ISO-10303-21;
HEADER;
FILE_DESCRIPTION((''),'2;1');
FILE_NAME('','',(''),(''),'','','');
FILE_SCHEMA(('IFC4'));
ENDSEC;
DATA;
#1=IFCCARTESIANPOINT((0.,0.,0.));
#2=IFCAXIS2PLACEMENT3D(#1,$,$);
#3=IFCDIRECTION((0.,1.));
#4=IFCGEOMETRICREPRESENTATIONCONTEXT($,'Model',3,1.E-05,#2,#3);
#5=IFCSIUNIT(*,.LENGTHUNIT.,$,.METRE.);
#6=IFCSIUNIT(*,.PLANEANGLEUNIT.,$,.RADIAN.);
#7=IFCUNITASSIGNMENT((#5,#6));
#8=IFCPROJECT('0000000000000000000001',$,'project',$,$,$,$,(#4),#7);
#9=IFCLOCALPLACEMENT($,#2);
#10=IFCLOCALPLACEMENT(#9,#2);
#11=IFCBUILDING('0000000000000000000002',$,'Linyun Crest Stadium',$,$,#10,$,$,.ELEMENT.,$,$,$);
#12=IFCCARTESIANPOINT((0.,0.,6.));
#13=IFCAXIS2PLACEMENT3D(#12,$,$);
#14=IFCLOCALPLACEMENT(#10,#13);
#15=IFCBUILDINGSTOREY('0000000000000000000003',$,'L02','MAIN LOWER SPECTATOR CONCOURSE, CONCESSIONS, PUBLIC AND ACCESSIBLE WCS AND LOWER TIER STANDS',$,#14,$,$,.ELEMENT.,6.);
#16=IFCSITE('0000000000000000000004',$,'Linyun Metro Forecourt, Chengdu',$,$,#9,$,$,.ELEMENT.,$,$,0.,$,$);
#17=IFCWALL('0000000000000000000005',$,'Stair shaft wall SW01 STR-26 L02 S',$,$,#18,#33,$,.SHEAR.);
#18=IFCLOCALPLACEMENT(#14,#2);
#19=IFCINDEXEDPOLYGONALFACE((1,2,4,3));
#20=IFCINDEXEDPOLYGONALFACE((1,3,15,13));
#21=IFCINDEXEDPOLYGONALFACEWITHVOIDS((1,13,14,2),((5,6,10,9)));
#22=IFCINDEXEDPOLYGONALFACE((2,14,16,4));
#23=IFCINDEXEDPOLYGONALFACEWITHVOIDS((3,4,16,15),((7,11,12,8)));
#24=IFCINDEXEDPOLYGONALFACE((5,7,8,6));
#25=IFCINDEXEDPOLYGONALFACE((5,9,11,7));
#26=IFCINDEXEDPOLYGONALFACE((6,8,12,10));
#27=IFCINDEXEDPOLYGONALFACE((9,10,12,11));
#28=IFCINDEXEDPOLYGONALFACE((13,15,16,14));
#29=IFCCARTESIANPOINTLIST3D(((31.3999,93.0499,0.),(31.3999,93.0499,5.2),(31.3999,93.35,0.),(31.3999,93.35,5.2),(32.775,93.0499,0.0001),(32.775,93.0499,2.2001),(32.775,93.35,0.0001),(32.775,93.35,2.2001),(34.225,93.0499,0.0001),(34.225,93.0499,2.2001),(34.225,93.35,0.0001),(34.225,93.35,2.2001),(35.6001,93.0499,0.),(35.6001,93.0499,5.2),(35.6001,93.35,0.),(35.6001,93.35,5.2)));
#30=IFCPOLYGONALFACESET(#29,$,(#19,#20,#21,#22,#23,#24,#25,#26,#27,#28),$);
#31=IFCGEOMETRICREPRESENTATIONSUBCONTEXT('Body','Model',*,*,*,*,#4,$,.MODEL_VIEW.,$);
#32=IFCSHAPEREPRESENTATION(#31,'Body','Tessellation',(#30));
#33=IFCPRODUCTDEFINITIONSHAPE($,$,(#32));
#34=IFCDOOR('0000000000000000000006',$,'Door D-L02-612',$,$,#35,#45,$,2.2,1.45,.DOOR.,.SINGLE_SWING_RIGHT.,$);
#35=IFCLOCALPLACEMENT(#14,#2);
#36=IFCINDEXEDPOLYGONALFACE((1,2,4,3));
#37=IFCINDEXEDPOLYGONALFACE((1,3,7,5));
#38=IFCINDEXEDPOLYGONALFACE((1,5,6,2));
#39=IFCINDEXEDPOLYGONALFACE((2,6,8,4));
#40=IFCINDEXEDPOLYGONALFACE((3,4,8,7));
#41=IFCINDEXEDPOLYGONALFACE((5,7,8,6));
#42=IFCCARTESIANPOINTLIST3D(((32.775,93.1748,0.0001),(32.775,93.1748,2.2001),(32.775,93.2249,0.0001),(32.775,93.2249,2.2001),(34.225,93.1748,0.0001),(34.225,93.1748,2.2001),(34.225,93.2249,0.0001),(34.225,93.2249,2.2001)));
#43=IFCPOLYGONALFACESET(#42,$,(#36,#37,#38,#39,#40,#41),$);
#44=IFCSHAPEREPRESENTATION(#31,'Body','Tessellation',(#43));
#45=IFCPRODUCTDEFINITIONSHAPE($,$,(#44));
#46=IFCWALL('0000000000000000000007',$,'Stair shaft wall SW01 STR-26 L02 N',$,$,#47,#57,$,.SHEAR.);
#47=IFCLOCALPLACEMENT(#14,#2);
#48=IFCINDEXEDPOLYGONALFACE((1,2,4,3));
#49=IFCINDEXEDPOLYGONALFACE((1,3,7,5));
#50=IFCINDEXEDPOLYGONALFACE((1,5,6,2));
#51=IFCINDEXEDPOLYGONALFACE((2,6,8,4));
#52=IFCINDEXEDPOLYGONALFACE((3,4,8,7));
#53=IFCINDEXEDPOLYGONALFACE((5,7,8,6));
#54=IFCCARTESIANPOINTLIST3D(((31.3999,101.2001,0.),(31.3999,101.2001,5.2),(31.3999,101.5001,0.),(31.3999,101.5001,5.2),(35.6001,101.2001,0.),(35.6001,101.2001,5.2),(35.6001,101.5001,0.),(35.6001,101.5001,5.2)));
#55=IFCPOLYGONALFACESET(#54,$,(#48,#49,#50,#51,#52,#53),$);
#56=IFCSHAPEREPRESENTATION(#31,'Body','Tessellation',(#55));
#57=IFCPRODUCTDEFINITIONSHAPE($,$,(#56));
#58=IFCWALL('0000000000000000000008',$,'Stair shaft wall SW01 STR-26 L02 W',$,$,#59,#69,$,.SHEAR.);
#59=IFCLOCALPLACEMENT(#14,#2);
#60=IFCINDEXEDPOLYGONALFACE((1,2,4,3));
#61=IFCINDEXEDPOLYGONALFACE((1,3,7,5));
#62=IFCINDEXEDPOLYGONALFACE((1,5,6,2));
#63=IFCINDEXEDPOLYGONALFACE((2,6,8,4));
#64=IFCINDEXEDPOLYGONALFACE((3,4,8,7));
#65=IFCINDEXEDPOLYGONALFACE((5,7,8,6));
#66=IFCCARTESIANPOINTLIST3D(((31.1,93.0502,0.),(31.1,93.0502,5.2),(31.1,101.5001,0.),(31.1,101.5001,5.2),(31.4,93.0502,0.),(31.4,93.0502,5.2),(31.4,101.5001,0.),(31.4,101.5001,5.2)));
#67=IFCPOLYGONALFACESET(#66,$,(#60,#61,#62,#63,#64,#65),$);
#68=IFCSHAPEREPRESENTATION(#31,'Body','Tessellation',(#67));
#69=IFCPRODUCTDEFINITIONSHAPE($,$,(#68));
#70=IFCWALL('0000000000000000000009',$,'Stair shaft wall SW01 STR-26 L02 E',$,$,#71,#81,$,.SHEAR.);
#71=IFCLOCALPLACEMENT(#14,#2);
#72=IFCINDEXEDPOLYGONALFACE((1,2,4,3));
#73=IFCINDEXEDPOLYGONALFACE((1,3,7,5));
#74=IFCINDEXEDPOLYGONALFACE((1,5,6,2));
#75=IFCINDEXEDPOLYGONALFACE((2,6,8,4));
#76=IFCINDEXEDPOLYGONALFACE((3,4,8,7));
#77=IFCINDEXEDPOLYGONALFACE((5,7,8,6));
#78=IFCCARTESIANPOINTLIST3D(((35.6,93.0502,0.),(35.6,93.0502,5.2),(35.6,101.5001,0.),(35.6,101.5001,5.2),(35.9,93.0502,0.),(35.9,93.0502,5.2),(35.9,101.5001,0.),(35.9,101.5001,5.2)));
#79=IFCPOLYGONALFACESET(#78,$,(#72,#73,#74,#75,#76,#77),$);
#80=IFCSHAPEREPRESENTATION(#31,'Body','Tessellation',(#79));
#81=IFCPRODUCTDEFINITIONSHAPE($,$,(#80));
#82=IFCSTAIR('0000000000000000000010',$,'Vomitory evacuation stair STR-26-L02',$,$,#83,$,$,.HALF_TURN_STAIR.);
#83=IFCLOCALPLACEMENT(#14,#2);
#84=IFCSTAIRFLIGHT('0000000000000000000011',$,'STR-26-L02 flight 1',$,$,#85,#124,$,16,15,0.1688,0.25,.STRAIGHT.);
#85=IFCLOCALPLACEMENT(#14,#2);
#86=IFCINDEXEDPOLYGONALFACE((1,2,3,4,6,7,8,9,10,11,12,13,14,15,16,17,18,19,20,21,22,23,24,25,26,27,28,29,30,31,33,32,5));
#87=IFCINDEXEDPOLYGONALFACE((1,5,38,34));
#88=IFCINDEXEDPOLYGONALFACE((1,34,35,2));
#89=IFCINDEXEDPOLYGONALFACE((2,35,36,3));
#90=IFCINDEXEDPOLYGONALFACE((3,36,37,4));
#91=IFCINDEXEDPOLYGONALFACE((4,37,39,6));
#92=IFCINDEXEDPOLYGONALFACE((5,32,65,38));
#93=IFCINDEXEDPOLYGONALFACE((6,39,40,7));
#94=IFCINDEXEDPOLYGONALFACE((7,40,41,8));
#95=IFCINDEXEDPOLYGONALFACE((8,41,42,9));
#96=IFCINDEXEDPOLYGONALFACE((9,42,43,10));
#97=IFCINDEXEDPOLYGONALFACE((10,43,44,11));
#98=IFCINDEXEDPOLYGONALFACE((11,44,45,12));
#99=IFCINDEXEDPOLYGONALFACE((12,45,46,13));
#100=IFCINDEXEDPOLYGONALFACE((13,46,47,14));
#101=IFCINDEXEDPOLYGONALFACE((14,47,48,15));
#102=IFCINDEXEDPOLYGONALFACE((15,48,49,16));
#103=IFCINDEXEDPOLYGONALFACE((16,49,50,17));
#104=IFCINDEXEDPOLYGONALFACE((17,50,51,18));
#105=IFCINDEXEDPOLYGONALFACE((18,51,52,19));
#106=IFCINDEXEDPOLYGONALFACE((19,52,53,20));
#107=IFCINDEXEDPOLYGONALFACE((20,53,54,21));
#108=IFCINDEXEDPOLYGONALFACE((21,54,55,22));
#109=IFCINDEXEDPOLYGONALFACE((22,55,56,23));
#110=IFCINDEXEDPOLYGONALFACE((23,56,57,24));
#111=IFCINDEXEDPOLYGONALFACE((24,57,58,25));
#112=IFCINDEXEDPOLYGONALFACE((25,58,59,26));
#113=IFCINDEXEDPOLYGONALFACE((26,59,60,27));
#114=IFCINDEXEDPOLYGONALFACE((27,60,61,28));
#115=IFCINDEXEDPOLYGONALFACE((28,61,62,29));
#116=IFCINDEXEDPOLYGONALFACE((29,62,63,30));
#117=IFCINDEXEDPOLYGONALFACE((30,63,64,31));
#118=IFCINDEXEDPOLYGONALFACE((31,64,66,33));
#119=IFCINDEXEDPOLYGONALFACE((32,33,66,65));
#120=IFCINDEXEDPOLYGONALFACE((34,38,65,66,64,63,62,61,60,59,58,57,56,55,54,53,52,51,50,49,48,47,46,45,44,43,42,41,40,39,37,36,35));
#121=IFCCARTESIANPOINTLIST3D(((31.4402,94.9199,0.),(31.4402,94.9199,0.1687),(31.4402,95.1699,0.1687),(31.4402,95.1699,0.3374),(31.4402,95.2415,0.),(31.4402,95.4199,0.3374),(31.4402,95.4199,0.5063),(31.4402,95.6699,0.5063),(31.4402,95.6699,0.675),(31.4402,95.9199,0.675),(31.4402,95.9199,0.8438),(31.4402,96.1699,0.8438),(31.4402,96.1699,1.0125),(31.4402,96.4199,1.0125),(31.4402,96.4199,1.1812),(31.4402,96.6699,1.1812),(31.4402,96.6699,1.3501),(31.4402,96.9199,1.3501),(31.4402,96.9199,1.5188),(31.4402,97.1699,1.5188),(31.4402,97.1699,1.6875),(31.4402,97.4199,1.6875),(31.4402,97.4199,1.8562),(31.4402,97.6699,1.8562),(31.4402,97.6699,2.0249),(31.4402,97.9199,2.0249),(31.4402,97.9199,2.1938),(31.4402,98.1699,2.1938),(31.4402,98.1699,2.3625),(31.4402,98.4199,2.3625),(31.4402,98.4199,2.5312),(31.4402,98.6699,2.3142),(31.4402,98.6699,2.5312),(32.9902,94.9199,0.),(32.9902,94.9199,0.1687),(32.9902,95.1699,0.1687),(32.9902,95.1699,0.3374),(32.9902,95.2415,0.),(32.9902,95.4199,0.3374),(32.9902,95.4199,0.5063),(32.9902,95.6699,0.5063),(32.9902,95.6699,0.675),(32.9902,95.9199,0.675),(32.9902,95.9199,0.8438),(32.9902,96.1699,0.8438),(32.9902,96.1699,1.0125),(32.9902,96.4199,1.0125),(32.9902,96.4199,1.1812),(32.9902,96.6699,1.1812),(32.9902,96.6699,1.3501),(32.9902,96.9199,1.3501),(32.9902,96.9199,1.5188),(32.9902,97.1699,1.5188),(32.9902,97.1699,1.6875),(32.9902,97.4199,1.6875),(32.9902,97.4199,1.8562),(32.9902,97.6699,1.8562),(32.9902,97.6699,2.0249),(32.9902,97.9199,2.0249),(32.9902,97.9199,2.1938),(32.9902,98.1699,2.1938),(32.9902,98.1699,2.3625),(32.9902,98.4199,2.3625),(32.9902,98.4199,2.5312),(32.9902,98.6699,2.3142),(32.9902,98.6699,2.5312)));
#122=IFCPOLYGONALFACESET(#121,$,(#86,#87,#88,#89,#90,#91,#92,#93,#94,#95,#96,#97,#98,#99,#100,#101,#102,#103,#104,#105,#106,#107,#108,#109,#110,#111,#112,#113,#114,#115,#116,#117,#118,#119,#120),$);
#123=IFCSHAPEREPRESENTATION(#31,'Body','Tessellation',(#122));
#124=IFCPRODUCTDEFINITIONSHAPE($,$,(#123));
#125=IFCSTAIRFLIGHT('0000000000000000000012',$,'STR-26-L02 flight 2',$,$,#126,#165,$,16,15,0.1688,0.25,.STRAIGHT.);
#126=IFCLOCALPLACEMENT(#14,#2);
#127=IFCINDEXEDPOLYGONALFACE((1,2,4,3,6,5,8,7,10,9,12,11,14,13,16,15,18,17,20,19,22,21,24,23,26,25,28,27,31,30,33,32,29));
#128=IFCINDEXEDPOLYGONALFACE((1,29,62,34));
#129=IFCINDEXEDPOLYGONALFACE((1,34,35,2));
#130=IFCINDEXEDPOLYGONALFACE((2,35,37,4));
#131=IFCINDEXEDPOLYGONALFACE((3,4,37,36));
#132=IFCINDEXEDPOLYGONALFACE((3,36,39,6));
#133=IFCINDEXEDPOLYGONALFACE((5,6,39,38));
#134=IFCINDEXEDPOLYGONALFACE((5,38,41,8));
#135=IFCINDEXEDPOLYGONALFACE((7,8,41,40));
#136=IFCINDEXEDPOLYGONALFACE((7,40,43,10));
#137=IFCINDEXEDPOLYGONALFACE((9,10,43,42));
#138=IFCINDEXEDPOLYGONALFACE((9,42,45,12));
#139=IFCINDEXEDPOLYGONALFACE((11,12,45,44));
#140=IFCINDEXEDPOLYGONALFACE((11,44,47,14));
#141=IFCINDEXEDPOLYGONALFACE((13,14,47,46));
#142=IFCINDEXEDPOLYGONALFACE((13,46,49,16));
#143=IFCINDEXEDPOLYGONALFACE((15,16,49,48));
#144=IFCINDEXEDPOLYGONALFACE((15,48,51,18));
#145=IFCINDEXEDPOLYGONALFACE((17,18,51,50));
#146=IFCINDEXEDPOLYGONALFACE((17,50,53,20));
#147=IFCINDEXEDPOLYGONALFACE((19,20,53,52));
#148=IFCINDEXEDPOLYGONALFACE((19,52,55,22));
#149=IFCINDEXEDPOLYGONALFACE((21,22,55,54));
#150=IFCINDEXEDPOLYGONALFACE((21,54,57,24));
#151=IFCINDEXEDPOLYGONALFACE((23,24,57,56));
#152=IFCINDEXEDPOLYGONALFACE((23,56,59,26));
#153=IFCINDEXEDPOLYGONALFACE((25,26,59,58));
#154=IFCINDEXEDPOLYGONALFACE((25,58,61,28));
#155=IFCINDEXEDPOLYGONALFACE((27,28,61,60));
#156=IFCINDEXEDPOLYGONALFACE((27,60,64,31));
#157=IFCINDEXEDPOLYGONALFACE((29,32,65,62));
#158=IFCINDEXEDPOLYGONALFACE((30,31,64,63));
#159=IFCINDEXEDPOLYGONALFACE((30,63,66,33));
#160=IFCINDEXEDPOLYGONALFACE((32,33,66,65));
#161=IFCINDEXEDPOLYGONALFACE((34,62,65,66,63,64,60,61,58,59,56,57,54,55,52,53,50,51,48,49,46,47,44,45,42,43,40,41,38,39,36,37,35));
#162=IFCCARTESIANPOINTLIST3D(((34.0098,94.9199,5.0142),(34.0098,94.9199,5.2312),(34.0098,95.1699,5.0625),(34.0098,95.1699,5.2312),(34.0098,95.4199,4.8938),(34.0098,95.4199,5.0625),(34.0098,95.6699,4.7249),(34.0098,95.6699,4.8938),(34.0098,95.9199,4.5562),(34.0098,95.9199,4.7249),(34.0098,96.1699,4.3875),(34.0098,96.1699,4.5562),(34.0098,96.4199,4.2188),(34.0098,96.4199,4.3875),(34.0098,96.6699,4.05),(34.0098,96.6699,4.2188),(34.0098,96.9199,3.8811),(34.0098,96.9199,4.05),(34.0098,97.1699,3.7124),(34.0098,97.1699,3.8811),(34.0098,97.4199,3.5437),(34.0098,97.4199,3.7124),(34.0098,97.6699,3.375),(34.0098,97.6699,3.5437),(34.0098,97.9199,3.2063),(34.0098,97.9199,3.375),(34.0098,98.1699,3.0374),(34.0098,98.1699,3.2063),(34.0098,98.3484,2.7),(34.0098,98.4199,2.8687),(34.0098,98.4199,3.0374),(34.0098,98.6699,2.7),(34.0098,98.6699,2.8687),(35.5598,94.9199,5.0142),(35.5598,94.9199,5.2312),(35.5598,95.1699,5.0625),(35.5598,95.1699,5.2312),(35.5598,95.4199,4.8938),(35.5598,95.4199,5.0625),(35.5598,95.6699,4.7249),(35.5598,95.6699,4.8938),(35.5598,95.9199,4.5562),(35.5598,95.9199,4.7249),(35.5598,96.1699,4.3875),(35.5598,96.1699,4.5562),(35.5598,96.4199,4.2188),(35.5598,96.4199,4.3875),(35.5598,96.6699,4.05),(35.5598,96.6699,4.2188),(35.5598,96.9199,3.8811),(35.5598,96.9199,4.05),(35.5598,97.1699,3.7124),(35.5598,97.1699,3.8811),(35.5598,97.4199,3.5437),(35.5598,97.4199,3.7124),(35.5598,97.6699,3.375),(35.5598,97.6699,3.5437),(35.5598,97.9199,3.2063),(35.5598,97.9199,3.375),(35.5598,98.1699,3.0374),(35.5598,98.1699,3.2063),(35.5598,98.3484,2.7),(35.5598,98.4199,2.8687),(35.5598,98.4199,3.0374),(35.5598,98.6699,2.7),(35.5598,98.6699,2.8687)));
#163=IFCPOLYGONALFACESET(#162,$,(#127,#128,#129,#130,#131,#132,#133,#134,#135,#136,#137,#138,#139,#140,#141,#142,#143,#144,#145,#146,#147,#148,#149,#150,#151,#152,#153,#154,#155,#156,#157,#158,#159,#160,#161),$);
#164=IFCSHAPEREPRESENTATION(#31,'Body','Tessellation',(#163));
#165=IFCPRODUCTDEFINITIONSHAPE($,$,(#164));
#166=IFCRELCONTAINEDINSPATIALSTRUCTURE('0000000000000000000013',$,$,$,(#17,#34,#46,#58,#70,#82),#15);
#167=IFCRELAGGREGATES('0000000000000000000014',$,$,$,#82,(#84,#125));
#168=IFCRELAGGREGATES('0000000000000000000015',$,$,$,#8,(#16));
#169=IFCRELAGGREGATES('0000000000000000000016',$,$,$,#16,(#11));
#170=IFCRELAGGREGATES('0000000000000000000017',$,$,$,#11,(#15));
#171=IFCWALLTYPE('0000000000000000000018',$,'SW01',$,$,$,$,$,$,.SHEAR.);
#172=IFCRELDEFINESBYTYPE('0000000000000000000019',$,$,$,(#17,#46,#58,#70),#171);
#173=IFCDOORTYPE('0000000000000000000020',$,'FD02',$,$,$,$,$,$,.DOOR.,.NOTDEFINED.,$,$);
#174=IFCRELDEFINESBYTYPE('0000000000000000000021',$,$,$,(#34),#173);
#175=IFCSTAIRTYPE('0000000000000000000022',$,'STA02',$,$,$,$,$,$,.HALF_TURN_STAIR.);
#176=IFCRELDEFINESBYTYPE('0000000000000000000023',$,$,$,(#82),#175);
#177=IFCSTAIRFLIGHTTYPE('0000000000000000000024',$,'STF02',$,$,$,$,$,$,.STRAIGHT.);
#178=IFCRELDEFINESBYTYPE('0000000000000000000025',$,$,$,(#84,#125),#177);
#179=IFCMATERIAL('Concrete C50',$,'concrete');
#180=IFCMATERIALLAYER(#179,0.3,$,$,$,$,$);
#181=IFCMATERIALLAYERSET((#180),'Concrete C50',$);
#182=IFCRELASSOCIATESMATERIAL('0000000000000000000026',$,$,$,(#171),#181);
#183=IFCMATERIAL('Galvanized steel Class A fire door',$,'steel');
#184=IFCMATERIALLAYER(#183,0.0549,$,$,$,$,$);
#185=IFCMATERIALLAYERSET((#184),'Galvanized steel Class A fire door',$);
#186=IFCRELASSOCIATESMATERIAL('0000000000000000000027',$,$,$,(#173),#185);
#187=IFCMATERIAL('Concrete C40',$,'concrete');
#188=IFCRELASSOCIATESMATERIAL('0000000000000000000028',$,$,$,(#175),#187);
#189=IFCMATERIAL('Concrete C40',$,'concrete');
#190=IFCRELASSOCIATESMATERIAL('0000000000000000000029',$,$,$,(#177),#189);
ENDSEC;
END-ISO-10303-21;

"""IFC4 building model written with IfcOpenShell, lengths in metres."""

from ifc_helpers import new_model, si_unit, direction, frame, frame_2d, origin, place, context, subcontext, project, spatial, polyline, rectangle, outline, extrude, material, layer, layer_set, type_object, element, fill, aggregate, save


model = new_model("IFC4")

# Units and contexts
model_context = context("Model", 3, precision=1e-05, world=origin(), true_north=direction((0.0, 1.0)))
body_context = subcontext(model_context, "Body", "Model", "MODEL_VIEW")
ifc_project = project(units=[si_unit("LENGTHUNIT", "METRE"), si_unit("PLANEANGLEUNIT", "RADIAN")], contexts=[model_context])

# Site, building, storey
site_placement = place(None, origin())
site = spatial("IfcSite", under=ifc_project, at=site_placement, Name="Linyun Metro Forecourt, Chengdu", CompositionType="ELEMENT", RefElevation=0.0)
building_placement = place(site_placement, origin())
building = spatial("IfcBuilding", under=site, at=building_placement, Name="Linyun Crest Stadium", CompositionType="ELEMENT")
storey_placement = place(building_placement, frame((0.0, 0.0, 6.0)))
storey = spatial("IfcBuildingStorey", under=building, at=storey_placement, Name="L02", Description="MAIN LOWER SPECTATOR CONCOURSE, CONCESSIONS, PUBLIC AND ACCESSIBLE WCS AND LOWER TIER STANDS", CompositionType="ELEMENT", Elevation=6.0)

# Wall, opening, door
ifc_material_1 = material(Name="Concrete C50", Category="concrete")
ifc_layer_1 = layer(ifc_material_1, 0.3)
ifc_layer_set_1 = layer_set([ifc_layer_1], Name="Concrete C50")
wall_type_1 = type_object("IfcWallType", Name="SW01", PredefinedType="SHEAR", material=ifc_layer_set_1)
wall_1_placement = place(storey_placement, frame((31.3999, 93.2, 0.0), z_axis=(0.0, 0.0, 1.0), x_axis=(1.0, 0.0, 0.0)))
wall_1 = element("IfcWall", 1, at=wall_1_placement, inside=storey, type_object=wall_type_1, Name="Stair shaft wall SW01 STR-26 L02 S", PredefinedType="SHEAR", context=body_context, shape_type="SweptSolid", body=[
    extrude(rectangle(XDim=4.2002, YDim=0.3, at=frame_2d((2.1001, 0.0))), origin(), (0.0, 0.0, 1.0), 5.2),
])
opening_1_placement = place(wall_1_placement, frame((1.375, 0.0, 0.0)))
opening_1 = element("IfcOpeningElement", 2, at=opening_1_placement, cuts=wall_1, PredefinedType="OPENING", context=body_context, shape_type="SweptSolid", body=[
    extrude(rectangle(XDim=1.45, YDim=2.2, at=frame_2d((0.7251, 1.1001))), frame((0.0, 0.1599, 0.0), z_axis=(0.0, -1.0, 0.0), x_axis=(1.0, 0.0, 0.0)), (0.0, 0.0, 1.0), 0.3201),
])
ifc_material_2 = material(Name="Galvanized steel Class A fire door", Category="steel")
ifc_layer_2 = layer(ifc_material_2, 0.0549)
ifc_layer_set_2 = layer_set([ifc_layer_2], Name="Galvanized steel Class A fire door")
door_type_1 = type_object("IfcDoorType", Name="FD02", OperationType="NOTDEFINED", PredefinedType="DOOR", material=ifc_layer_set_2)
door_1_placement = place(opening_1_placement, origin())
door_1 = element("IfcDoor", 3, at=door_1_placement, inside=storey, type_object=door_type_1, Name="Door D-L02-612", OperationType="SINGLE_SWING_RIGHT", OverallHeight=2.2, OverallWidth=1.45, PredefinedType="DOOR", context=body_context, shape_type="SweptSolid", body=[
    extrude(rectangle(XDim=1.45, YDim=2.2, at=frame_2d((0.7251, 1.1001))), frame((0.0, 0.0249, 0.0), z_axis=(0.0, -1.0, 0.0), x_axis=(1.0, 0.0, 0.0)), (0.0, 0.0, 1.0), 0.05),
])
fill(opening_1, door_1)

# Walls
wall_2_placement = place(storey_placement, frame((31.3999, 101.3501, 0.0), z_axis=(0.0, 0.0, 1.0), x_axis=(1.0, 0.0, 0.0)))
element("IfcWall", 4, at=wall_2_placement, inside=storey, type_object=wall_type_1, Name="Stair shaft wall SW01 STR-26 L02 N", PredefinedType="SHEAR", context=body_context, shape_type="SweptSolid", body=[
    extrude(rectangle(XDim=4.2002, YDim=0.3, at=frame_2d((2.1001, 0.0))), origin(), (0.0, 0.0, 1.0), 5.2),
])
for number, where, z_axis, x_axis, name in (
    (5, (31.25, 93.05, 0.0), (0.0, 0.0, 1.0), (0.0, 1.0, 0.0), "Stair shaft wall SW01 STR-26 L02 W"),
    (6, (35.75, 93.05, 0.0), (0.0, 0.0, 1.0), (0.0, 1.0, 0.0), "Stair shaft wall SW01 STR-26 L02 E"),
):
    element("IfcWall", number, at=place(storey_placement, frame(where, z_axis=z_axis, x_axis=x_axis)), inside=storey, type_object=wall_type_1, Name=name, PredefinedType="SHEAR", context=body_context, shape_type="SweptSolid", body=[
        extrude(rectangle(XDim=8.45, YDim=0.3, at=frame_2d((4.2251, 0.0))), origin(), (0.0, 0.0, 1.0), 5.2),
    ])

# Stair, stair flights
ifc_material_3 = material(Name="Concrete C40", Category="concrete")
stair_type = type_object("IfcStairType", Name="STA02", PredefinedType="HALF_TURN_STAIR", material=ifc_material_3)
stair_placement = place(storey_placement, origin())
stair = element("IfcStair", 7, at=stair_placement, inside=storey, type_object=stair_type, Name="Vomitory evacuation stair STR-26-L02", PredefinedType="HALF_TURN_STAIR")
ifc_material_4 = material(Name="Concrete C40", Category="concrete")
stair_flight_type = type_object("IfcStairFlightType", Name="STF02", PredefinedType="STRAIGHT", material=ifc_material_4)
stair_flight_1_placement = place(storey_placement, frame((32.2151, 94.9199, 0.0), z_axis=(0.0, 0.0, 1.0), x_axis=(0.0, 1.0, 0.0)))
stair_flight_1 = element("IfcStairFlight", 8, at=stair_flight_1_placement, type_object=stair_flight_type, Name="STR-26-L02 flight 1", NumberOfRisers=16, NumberOfTreads=15, PredefinedType="STRAIGHT", RiserHeight=0.1688, TreadLength=0.25, context=body_context, shape_type="SweptSolid", body=[
    extrude(outline(polyline([(0.0, 0.0), (0.0, 0.1687), (0.25, 0.1687), (0.25, 0.3374), (0.5, 0.3374), (0.5, 0.5063), (0.75, 0.5063), (0.75, 0.675), (1.0, 0.675), (1.0, 0.8438), (1.25, 0.8438), (1.25, 1.0125), (1.5, 1.0125), (1.5, 1.1812), (1.75, 1.1812), (1.75, 1.3501), (2.0, 1.3501), (2.0, 1.5188), (2.25, 1.5188), (2.25, 1.6875), (2.5, 1.6875), (2.5, 1.8562), (2.75, 1.8562), (2.75, 2.0249), (3.0, 2.0249), (3.0, 2.1938), (3.25, 2.1938), (3.25, 2.3625), (3.5, 2.3625), (3.5, 2.5312), (3.75, 2.5312), (3.75, 2.7), (3.75, 2.3142), (0.3215, 0.0), (0.0, 0.0)])), frame((0.0, 0.7749, 0.0), z_axis=(0.0, -1.0, 0.0), x_axis=(1.0, 0.0, 0.0)), (0.0, 0.0, 1.0), 1.55),
])
stair_flight_2_placement = place(storey_placement, frame((34.7849, 98.6699, 2.7), z_axis=(0.0, 0.0, 1.0), x_axis=(0.0, -1.0, 0.0)))
stair_flight_2 = element("IfcStairFlight", 9, at=stair_flight_2_placement, type_object=stair_flight_type, Name="STR-26-L02 flight 2", NumberOfRisers=16, NumberOfTreads=15, PredefinedType="STRAIGHT", RiserHeight=0.1688, TreadLength=0.25, context=body_context, shape_type="SweptSolid", body=[
    extrude(outline(polyline([(0.0, 0.0), (0.0, 0.1687), (0.25, 0.1687), (0.25, 0.3374), (0.5, 0.3374), (0.5, 0.5063), (0.75, 0.5063), (0.75, 0.675), (1.0, 0.675), (1.0, 0.8438), (1.25, 0.8438), (1.25, 1.0125), (1.5, 1.0125), (1.5, 1.1812), (1.75, 1.1812), (1.75, 1.3501), (2.0, 1.3501), (2.0, 1.5188), (2.25, 1.5188), (2.25, 1.6875), (2.5, 1.6875), (2.5, 1.8562), (2.75, 1.8562), (2.75, 2.0249), (3.0, 2.0249), (3.0, 2.1938), (3.25, 2.1938), (3.25, 2.3625), (3.5, 2.3625), (3.5, 2.5312), (3.75, 2.5312), (3.75, 2.7), (3.75, 2.3142), (0.3215, 0.0), (0.0, 0.0)])), frame((0.0, 0.7749, 0.0), z_axis=(0.0, -1.0, 0.0), x_axis=(1.0, 0.0, 0.0)), (0.0, 0.0, 1.0), 1.55),
])
aggregate(stair, [stair_flight_1, stair_flight_2])

save(model, "model.ifc")
